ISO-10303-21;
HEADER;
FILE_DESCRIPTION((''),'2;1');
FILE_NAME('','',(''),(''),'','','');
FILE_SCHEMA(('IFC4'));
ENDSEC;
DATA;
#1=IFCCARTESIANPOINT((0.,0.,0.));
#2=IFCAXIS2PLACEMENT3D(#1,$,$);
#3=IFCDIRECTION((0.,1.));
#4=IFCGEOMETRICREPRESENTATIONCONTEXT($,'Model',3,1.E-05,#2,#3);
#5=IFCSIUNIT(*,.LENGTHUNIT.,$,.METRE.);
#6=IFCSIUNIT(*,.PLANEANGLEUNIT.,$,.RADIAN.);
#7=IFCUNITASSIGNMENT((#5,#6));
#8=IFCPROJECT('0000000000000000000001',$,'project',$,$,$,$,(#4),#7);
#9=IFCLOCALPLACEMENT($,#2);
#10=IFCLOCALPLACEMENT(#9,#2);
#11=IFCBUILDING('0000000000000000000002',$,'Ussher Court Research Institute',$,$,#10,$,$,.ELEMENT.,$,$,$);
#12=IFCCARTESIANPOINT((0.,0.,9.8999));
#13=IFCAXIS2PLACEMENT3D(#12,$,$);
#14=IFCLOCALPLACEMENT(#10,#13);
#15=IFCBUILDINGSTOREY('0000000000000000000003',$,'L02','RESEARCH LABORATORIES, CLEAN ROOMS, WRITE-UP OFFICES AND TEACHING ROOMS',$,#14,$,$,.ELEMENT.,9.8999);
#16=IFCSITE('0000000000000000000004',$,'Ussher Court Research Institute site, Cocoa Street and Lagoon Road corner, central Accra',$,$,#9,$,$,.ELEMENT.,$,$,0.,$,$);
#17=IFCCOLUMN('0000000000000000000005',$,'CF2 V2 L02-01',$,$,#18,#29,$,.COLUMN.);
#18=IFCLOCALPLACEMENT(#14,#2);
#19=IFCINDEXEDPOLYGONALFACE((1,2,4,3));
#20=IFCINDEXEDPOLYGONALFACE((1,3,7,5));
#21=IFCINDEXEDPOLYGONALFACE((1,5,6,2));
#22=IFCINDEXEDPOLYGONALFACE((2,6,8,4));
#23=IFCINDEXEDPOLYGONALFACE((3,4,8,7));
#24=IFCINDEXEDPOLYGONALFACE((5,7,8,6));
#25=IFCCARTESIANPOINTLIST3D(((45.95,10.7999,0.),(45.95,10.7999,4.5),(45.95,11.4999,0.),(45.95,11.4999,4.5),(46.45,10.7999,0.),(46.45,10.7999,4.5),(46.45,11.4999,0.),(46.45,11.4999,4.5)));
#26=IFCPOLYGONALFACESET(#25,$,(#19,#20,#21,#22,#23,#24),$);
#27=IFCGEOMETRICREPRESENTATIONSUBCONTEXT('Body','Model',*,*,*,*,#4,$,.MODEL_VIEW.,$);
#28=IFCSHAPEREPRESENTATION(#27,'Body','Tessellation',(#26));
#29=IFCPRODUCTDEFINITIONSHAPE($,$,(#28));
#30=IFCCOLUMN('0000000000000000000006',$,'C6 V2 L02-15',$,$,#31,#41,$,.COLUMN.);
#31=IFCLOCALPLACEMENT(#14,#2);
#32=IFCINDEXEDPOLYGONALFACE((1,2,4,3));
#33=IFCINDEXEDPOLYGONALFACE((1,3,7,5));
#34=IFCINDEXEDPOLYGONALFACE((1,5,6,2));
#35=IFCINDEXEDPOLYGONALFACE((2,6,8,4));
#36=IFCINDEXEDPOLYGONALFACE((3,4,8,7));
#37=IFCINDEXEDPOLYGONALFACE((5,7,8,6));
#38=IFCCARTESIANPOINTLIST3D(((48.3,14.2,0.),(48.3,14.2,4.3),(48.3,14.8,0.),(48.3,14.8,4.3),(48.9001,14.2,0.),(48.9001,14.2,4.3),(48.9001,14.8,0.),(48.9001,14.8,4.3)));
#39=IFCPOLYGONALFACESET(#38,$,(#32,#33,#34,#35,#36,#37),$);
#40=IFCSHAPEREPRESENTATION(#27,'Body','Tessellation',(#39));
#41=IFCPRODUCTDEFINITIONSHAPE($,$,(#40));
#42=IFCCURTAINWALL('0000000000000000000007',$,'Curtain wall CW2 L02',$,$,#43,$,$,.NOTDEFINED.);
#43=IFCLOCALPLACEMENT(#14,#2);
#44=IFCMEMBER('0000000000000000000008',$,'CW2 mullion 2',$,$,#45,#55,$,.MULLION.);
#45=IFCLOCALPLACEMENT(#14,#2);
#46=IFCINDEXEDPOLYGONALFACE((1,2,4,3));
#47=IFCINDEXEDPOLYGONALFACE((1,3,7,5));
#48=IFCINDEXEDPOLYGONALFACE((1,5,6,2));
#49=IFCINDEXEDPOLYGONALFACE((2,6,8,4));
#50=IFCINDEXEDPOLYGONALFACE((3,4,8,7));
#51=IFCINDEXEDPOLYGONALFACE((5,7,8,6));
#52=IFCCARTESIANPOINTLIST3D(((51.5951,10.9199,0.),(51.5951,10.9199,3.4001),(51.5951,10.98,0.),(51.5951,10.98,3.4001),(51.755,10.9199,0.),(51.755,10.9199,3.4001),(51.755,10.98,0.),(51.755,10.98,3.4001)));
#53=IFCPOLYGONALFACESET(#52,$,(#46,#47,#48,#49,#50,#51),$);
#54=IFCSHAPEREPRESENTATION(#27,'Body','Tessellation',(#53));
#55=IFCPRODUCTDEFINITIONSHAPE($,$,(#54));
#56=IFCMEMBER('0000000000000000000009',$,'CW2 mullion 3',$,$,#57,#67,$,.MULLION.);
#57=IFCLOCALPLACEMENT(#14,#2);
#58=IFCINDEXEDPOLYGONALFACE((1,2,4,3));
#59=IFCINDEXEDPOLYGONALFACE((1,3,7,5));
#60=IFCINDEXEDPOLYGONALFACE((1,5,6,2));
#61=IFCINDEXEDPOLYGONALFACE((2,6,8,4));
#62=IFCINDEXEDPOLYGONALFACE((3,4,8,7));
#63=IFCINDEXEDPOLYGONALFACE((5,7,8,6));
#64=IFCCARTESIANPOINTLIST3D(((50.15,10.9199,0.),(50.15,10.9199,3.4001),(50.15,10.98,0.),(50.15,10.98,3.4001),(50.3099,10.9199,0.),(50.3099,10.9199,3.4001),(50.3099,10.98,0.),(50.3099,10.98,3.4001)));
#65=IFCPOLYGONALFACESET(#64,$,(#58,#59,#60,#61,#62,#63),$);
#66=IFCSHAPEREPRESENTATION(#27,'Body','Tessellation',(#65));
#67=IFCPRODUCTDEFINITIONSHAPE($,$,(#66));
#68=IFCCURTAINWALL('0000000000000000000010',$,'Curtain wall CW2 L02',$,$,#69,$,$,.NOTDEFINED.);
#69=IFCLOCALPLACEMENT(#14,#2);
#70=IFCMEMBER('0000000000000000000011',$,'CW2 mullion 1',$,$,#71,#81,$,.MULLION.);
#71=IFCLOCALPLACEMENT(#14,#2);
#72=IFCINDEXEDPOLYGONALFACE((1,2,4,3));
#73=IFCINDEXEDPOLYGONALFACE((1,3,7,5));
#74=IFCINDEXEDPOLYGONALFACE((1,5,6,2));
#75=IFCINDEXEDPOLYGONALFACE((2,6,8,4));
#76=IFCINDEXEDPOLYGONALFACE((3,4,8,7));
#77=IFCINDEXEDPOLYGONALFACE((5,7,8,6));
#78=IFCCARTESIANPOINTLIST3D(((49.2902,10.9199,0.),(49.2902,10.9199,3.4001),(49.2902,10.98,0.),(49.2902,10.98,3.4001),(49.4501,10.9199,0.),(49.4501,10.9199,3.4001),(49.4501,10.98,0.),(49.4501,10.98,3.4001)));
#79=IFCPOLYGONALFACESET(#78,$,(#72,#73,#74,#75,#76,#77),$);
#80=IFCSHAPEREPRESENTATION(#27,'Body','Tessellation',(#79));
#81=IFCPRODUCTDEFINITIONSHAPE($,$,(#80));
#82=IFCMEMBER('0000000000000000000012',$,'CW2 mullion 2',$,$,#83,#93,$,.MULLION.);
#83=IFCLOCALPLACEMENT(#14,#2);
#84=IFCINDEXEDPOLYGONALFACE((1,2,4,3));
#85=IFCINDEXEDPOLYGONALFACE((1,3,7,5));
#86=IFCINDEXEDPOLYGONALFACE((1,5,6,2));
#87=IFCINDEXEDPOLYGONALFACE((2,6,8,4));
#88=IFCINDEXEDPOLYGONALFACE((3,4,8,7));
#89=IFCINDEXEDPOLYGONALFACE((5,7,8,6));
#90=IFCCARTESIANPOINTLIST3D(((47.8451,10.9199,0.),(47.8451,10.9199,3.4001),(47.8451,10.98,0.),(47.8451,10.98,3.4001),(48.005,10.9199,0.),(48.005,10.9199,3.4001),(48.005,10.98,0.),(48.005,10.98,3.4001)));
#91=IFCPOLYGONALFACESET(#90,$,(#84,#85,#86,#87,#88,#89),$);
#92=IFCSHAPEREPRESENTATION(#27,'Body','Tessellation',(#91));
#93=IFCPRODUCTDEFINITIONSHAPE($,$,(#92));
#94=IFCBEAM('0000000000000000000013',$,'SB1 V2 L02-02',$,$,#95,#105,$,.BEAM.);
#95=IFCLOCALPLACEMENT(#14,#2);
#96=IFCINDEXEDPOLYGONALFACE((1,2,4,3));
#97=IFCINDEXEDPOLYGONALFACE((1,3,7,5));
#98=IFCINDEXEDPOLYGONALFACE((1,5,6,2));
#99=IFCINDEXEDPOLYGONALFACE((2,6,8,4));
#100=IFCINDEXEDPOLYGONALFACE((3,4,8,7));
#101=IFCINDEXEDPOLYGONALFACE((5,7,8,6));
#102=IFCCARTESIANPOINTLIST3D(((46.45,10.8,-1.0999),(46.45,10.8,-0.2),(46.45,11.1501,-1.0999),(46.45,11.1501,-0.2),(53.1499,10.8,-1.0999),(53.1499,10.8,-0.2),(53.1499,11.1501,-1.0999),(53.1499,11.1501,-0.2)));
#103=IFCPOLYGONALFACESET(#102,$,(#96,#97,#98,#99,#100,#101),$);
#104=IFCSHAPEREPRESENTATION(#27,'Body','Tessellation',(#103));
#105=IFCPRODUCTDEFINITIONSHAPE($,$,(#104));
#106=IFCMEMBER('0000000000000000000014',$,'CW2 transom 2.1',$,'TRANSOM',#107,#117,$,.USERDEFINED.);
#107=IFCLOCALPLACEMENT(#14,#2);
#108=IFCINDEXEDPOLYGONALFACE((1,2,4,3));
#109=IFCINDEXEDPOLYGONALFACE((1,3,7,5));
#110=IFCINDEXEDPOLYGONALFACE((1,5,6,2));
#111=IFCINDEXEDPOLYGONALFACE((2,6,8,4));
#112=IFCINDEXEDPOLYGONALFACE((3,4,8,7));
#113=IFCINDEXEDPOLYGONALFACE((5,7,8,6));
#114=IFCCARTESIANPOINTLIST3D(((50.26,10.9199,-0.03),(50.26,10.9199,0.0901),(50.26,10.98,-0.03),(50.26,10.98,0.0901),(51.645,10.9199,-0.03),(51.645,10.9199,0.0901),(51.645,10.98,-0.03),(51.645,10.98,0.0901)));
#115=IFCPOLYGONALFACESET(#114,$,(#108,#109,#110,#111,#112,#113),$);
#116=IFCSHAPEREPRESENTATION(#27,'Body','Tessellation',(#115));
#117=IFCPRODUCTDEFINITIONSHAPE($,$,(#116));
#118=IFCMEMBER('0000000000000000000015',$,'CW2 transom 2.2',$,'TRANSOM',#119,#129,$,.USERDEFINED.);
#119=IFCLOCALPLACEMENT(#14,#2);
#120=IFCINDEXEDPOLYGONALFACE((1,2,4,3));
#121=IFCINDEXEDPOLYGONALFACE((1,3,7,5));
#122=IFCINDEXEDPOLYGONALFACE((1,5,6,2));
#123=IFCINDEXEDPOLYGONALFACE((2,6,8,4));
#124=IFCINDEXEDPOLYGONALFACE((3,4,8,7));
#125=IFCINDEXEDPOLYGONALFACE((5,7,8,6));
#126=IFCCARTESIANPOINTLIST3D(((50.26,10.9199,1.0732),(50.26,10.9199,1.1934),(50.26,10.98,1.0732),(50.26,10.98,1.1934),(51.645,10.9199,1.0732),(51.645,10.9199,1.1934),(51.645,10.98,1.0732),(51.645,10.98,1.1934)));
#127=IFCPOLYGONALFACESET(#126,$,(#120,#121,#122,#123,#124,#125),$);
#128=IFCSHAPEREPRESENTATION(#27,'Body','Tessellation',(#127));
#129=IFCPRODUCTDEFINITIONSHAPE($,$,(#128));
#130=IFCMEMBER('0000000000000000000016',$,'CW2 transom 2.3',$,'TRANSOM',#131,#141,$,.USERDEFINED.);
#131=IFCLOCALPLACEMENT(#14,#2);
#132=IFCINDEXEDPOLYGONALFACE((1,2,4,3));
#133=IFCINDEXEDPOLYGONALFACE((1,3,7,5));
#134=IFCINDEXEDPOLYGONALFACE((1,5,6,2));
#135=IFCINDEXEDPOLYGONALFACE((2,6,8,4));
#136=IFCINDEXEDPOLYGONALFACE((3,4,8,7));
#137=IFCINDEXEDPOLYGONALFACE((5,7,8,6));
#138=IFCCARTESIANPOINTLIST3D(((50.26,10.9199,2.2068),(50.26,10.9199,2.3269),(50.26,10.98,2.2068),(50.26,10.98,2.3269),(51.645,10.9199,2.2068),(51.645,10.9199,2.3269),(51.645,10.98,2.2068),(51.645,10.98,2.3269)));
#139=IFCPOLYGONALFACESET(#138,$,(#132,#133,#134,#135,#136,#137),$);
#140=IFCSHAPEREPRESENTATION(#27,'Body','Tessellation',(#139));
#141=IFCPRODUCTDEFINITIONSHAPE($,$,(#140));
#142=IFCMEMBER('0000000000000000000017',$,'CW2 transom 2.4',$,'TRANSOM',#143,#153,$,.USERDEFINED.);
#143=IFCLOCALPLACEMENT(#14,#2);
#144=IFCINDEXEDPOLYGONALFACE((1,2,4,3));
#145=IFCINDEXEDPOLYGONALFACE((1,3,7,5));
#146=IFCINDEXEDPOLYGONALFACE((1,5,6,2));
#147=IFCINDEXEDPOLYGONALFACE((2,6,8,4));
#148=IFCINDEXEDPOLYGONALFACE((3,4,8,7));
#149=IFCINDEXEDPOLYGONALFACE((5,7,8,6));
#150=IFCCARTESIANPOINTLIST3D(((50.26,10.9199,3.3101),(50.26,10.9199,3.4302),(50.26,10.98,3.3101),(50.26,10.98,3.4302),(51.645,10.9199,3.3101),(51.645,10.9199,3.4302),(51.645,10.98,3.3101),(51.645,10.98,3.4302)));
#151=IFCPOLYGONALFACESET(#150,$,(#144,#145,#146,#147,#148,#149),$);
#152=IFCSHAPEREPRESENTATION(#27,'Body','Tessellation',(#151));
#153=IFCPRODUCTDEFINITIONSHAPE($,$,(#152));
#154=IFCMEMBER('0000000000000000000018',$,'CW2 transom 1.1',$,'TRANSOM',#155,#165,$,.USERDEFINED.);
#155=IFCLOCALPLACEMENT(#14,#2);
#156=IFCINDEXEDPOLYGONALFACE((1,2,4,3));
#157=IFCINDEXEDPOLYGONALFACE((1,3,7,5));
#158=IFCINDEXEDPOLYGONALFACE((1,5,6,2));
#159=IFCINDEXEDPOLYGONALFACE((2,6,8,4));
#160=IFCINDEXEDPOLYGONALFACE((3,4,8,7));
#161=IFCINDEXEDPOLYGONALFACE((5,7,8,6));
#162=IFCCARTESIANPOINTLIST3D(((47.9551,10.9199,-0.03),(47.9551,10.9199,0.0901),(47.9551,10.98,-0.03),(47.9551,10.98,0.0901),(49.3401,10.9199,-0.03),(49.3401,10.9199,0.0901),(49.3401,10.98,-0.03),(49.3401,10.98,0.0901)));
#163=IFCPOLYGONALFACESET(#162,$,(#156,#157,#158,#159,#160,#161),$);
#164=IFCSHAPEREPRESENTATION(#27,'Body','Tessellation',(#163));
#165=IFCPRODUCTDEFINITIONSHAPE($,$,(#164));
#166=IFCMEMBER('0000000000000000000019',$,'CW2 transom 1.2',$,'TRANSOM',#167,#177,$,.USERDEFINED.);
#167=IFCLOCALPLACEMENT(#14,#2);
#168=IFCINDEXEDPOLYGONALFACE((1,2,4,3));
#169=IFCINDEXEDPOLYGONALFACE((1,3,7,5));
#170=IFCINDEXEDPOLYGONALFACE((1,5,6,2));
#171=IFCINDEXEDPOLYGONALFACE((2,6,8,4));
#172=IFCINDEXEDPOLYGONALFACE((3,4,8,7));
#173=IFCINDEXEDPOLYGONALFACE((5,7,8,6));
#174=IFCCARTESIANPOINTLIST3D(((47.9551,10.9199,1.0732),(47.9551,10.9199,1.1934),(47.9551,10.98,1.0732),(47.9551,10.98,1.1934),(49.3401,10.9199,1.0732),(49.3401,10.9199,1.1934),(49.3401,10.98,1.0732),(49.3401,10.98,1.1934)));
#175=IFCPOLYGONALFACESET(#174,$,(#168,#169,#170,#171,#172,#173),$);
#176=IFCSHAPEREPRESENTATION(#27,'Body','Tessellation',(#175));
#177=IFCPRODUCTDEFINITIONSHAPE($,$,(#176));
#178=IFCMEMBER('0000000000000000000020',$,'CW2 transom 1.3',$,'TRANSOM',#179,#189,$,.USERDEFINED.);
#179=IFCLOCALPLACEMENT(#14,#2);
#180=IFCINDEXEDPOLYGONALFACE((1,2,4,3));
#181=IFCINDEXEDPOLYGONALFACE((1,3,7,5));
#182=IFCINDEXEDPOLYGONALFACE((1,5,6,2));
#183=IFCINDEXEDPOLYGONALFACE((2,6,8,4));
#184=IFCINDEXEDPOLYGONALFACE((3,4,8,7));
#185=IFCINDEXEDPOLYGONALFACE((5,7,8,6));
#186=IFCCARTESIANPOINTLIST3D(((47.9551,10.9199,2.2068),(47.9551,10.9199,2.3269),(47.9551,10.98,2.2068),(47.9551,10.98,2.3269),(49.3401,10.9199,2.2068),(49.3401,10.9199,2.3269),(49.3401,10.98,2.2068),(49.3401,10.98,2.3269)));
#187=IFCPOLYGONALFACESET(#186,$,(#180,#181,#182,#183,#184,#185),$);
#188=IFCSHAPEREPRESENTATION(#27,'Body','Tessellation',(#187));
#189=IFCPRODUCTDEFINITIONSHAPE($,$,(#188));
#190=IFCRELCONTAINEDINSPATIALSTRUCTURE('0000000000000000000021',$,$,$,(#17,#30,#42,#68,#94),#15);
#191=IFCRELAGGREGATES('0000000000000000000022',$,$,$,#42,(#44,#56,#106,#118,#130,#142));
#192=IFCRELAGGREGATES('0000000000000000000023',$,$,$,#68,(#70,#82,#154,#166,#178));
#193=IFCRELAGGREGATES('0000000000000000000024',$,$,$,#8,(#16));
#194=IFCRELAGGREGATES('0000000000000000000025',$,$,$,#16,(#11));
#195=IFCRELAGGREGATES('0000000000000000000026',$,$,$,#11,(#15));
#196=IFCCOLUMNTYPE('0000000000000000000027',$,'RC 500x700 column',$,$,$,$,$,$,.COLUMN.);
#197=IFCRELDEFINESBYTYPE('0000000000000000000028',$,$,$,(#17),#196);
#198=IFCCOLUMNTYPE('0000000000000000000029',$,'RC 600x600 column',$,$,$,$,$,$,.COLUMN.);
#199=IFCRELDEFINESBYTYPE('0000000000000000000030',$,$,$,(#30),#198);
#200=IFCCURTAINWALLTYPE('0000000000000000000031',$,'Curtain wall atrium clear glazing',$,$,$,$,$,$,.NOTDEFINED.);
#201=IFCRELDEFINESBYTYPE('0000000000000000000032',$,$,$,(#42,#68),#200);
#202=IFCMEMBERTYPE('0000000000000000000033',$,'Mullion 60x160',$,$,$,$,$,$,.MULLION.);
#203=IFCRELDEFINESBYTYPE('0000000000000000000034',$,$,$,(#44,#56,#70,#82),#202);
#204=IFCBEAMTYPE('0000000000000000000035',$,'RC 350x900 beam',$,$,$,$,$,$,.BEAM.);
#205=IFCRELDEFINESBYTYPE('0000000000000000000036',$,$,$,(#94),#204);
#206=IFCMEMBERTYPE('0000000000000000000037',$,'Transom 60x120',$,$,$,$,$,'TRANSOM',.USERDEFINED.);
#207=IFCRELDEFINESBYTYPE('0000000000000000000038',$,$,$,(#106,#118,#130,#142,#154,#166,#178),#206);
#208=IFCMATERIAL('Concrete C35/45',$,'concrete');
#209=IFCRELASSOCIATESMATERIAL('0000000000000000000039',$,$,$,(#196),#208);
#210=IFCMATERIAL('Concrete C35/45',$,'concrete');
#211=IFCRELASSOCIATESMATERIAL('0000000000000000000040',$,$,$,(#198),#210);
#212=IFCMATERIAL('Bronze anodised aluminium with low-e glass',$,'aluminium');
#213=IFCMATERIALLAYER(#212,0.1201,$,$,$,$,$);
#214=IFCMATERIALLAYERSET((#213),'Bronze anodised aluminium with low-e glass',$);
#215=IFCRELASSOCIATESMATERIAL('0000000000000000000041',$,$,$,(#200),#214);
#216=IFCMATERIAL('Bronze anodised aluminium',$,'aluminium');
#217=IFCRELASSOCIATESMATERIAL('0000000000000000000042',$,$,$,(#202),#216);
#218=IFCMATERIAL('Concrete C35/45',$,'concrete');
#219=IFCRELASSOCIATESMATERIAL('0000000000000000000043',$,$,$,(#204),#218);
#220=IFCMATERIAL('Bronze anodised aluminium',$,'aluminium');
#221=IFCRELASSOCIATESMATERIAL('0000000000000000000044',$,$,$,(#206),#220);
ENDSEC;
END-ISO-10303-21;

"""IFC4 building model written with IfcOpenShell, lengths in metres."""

from ifc_helpers import new_model, si_unit, direction, frame, origin, origin_2d, place, context, subcontext, project, spatial, rectangle, extrude, material, layer, layer_set, material_profile, profile_set, type_object, element, aggregate, save


model = new_model("IFC4")

# Units and contexts
model_context = context("Model", 3, precision=1e-05, world=origin(), true_north=direction((0.0, 1.0)))
body_context = subcontext(model_context, "Body", "Model", "MODEL_VIEW")
ifc_project = project(units=[si_unit("LENGTHUNIT", "METRE"), si_unit("PLANEANGLEUNIT", "RADIAN")], contexts=[model_context])

# Site, building, storey
site_placement = place(None, origin())
site = spatial("IfcSite", under=ifc_project, at=site_placement, Name="Ussher Court Research Institute site, Cocoa Street and Lagoon Road corner, central Accra", CompositionType="ELEMENT", RefElevation=0.0)
building_placement = place(site_placement, origin())
building = spatial("IfcBuilding", under=site, at=building_placement, Name="Ussher Court Research Institute", CompositionType="ELEMENT")
storey_placement = place(building_placement, frame((0.0, 0.0, 9.8999)))
storey = spatial("IfcBuildingStorey", under=building, at=storey_placement, Name="L02", Description="RESEARCH LABORATORIES, CLEAN ROOMS, WRITE-UP OFFICES AND TEACHING ROOMS", CompositionType="ELEMENT", Elevation=9.8999)

# Columns
ifc_material_1 = material(Name="Concrete C35/45", Category="concrete")
ifc_material_profile_1 = material_profile(ifc_material_1, rectangle(XDim=0.5, YDim=0.7, at=origin_2d()), Name="RC 500x700")
ifc_profile_set_1 = profile_set([ifc_material_profile_1], Name="Concrete C35/45")
column_type_1 = type_object("IfcColumnType", Name="RC 500x700 column", PredefinedType="COLUMN", material=ifc_profile_set_1)
column_1_placement = place(storey_placement, frame((46.2, 11.1499, 0.0), z_axis=(0.0, 0.0, 1.0), x_axis=(1.0, 0.0, 0.0)))
element("IfcColumn", 1, at=column_1_placement, inside=storey, type_object=column_type_1, Name="CF2 V2 L02-01", PredefinedType="COLUMN", context=body_context, shape_type="SweptSolid", body=[
    extrude(rectangle(XDim=0.5, YDim=0.7, at=origin_2d()), origin(), (0.0, 0.0, 1.0), 4.5),
])
ifc_material_2 = material(Name="Concrete C35/45", Category="concrete")
ifc_material_profile_2 = material_profile(ifc_material_2, rectangle(XDim=0.6001, YDim=0.6001, at=origin_2d()), Name="RC 600x600")
ifc_profile_set_2 = profile_set([ifc_material_profile_2], Name="Concrete C35/45")
column_type_2 = type_object("IfcColumnType", Name="RC 600x600 column", PredefinedType="COLUMN", material=ifc_profile_set_2)
column_2_placement = place(storey_placement, frame((48.6001, 14.5, 0.0), z_axis=(0.0, 0.0, 1.0), x_axis=(1.0, 0.0, 0.0)))
element("IfcColumn", 2, at=column_2_placement, inside=storey, type_object=column_type_2, Name="C6 V2 L02-15", PredefinedType="COLUMN", context=body_context, shape_type="SweptSolid", body=[
    extrude(rectangle(XDim=0.6001, YDim=0.6001, at=origin_2d()), origin(), (0.0, 0.0, 1.0), 4.3),
])

# Curtain walls, members
ifc_material_3 = material(Name="Bronze anodised aluminium with low-e glass", Category="aluminium")
ifc_layer_1 = layer(ifc_material_3, 0.1201)
ifc_layer_set_1 = layer_set([ifc_layer_1], Name="Bronze anodised aluminium with low-e glass")
curtain_wall_type = type_object("IfcCurtainWallType", Name="Curtain wall atrium clear glazing", PredefinedType="NOTDEFINED", material=ifc_layer_set_1)
curtain_wall_1_placement = place(storey_placement, origin())
curtain_wall_1 = element("IfcCurtainWall", 3, at=curtain_wall_1_placement, inside=storey, type_object=curtain_wall_type, Name="Curtain wall CW2 L02", PredefinedType="NOTDEFINED")
ifc_material_4 = material(Name="Bronze anodised aluminium", Category="aluminium")
ifc_material_profile_3 = material_profile(ifc_material_4, rectangle(XDim=0.0601, YDim=0.1599, at=origin_2d()), Name="Mullion 60x160")
ifc_profile_set_3 = profile_set([ifc_material_profile_3], Name="Bronze anodised aluminium")
member_type_1 = type_object("IfcMemberType", Name="Mullion 60x160", PredefinedType="MULLION", material=ifc_profile_set_3)
member_1_placement = place(storey_placement, frame((51.675, 10.95, 0.0), z_axis=(0.0, 0.0, 1.0), x_axis=(0.0, -1.0, 0.0)))
member_1 = element("IfcMember", 4, at=member_1_placement, type_object=member_type_1, Name="CW2 mullion 2", PredefinedType="MULLION", context=body_context, shape_type="SweptSolid", body=[
    extrude(rectangle(XDim=0.0601, YDim=0.1599, at=origin_2d()), origin(), (0.0, 0.0, 1.0), 3.4001),
])
member_2_placement = place(storey_placement, frame((50.23, 10.95, 0.0), z_axis=(0.0, 0.0, 1.0), x_axis=(0.0, -1.0, 0.0)))
member_2 = element("IfcMember", 5, at=member_2_placement, type_object=member_type_1, Name="CW2 mullion 3", PredefinedType="MULLION", context=body_context, shape_type="SweptSolid", body=[
    extrude(rectangle(XDim=0.0601, YDim=0.1599, at=origin_2d()), origin(), (0.0, 0.0, 1.0), 3.4001),
])
curtain_wall_2_placement = place(storey_placement, origin())
curtain_wall_2 = element("IfcCurtainWall", 6, at=curtain_wall_2_placement, inside=storey, type_object=curtain_wall_type, Name="Curtain wall CW2 L02", PredefinedType="NOTDEFINED")
member_3_placement = place(storey_placement, frame((49.3701, 10.95, 0.0), z_axis=(0.0, 0.0, 1.0), x_axis=(0.0, -1.0, 0.0)))
member_3 = element("IfcMember", 7, at=member_3_placement, type_object=member_type_1, Name="CW2 mullion 1", PredefinedType="MULLION", context=body_context, shape_type="SweptSolid", body=[
    extrude(rectangle(XDim=0.0601, YDim=0.1599, at=origin_2d()), origin(), (0.0, 0.0, 1.0), 3.4001),
])
member_4_placement = place(storey_placement, frame((47.925, 10.95, 0.0), z_axis=(0.0, 0.0, 1.0), x_axis=(0.0, -1.0, 0.0)))
member_4 = element("IfcMember", 8, at=member_4_placement, type_object=member_type_1, Name="CW2 mullion 2", PredefinedType="MULLION", context=body_context, shape_type="SweptSolid", body=[
    extrude(rectangle(XDim=0.0601, YDim=0.1599, at=origin_2d()), origin(), (0.0, 0.0, 1.0), 3.4001),
])

# Beam
ifc_material_5 = material(Name="Concrete C35/45", Category="concrete")
ifc_material_profile_4 = material_profile(ifc_material_5, rectangle(XDim=0.3501, YDim=0.8999, at=origin_2d()), Name="RC 350x900")
ifc_profile_set_4 = profile_set([ifc_material_profile_4], Name="Concrete C35/45")
beam_type = type_object("IfcBeamType", Name="RC 350x900 beam", PredefinedType="BEAM", material=ifc_profile_set_4)
beam_placement = place(storey_placement, frame((46.45, 10.9751, -0.6499), z_axis=(1.0, 0.0, 0.0), x_axis=(0.0, 1.0, 0.0)))
element("IfcBeam", 9, at=beam_placement, inside=storey, type_object=beam_type, Name="SB1 V2 L02-02", PredefinedType="BEAM", context=body_context, shape_type="SweptSolid", body=[
    extrude(rectangle(XDim=0.3501, YDim=0.8999, at=origin_2d()), origin(), (0.0, 0.0, 1.0), 6.7),
])

# Members
ifc_material_6 = material(Name="Bronze anodised aluminium", Category="aluminium")
ifc_material_profile_5 = material_profile(ifc_material_6, rectangle(XDim=0.0601, YDim=0.1201, at=origin_2d()), Name="Transom 60x120")
ifc_profile_set_5 = profile_set([ifc_material_profile_5], Name="Bronze anodised aluminium")
member_type_2 = type_object("IfcMemberType", Name="Transom 60x120", ElementType="TRANSOM", PredefinedType="USERDEFINED", material=ifc_profile_set_5)
member_5_placement = place(storey_placement, frame((51.645, 10.95, 0.03), z_axis=(-1.0, 0.0, 0.0), x_axis=(0.0, -1.0, 0.0)))
member_5 = element("IfcMember", 10, at=member_5_placement, type_object=member_type_2, Name="CW2 transom 2.1", ObjectType="TRANSOM", PredefinedType="USERDEFINED", context=body_context, shape_type="SweptSolid", body=[
    extrude(rectangle(XDim=0.0601, YDim=0.1201, at=origin_2d()), origin(), (0.0, 0.0, 1.0), 1.385),
])
member_6_placement = place(storey_placement, frame((51.645, 10.95, 1.1333), z_axis=(-1.0, 0.0, 0.0), x_axis=(0.0, -1.0, 0.0)))
member_6 = element("IfcMember", 11, at=member_6_placement, type_object=member_type_2, Name="CW2 transom 2.2", ObjectType="TRANSOM", PredefinedType="USERDEFINED", context=body_context, shape_type="SweptSolid", body=[
    extrude(rectangle(XDim=0.0601, YDim=0.1201, at=origin_2d()), origin(), (0.0, 0.0, 1.0), 1.385),
])
member_7_placement = place(storey_placement, frame((51.645, 10.95, 2.2668), z_axis=(-1.0, 0.0, 0.0), x_axis=(0.0, -1.0, 0.0)))
member_7 = element("IfcMember", 12, at=member_7_placement, type_object=member_type_2, Name="CW2 transom 2.3", ObjectType="TRANSOM", PredefinedType="USERDEFINED", context=body_context, shape_type="SweptSolid", body=[
    extrude(rectangle(XDim=0.0601, YDim=0.1201, at=origin_2d()), origin(), (0.0, 0.0, 1.0), 1.385),
])
member_8_placement = place(storey_placement, frame((51.645, 10.95, 3.3701), z_axis=(-1.0, 0.0, 0.0), x_axis=(0.0, -1.0, 0.0)))
member_8 = element("IfcMember", 13, at=member_8_placement, type_object=member_type_2, Name="CW2 transom 2.4", ObjectType="TRANSOM", PredefinedType="USERDEFINED", context=body_context, shape_type="SweptSolid", body=[
    extrude(rectangle(XDim=0.0601, YDim=0.1201, at=origin_2d()), origin(), (0.0, 0.0, 1.0), 1.385),
])
member_9_placement = place(storey_placement, frame((49.3401, 10.95, 0.03), z_axis=(-1.0, 0.0, 0.0), x_axis=(0.0, -1.0, 0.0)))
member_9 = element("IfcMember", 14, at=member_9_placement, type_object=member_type_2, Name="CW2 transom 1.1", ObjectType="TRANSOM", PredefinedType="USERDEFINED", context=body_context, shape_type="SweptSolid", body=[
    extrude(rectangle(XDim=0.0601, YDim=0.1201, at=origin_2d()), origin(), (0.0, 0.0, 1.0), 1.385),
])
member_10_placement = place(storey_placement, frame((49.3401, 10.95, 1.1333), z_axis=(-1.0, 0.0, 0.0), x_axis=(0.0, -1.0, 0.0)))
member_10 = element("IfcMember", 15, at=member_10_placement, type_object=member_type_2, Name="CW2 transom 1.2", ObjectType="TRANSOM", PredefinedType="USERDEFINED", context=body_context, shape_type="SweptSolid", body=[
    extrude(rectangle(XDim=0.0601, YDim=0.1201, at=origin_2d()), origin(), (0.0, 0.0, 1.0), 1.385),
])
member_11_placement = place(storey_placement, frame((49.3401, 10.95, 2.2668), z_axis=(-1.0, 0.0, 0.0), x_axis=(0.0, -1.0, 0.0)))
member_11 = element("IfcMember", 16, at=member_11_placement, type_object=member_type_2, Name="CW2 transom 1.3", ObjectType="TRANSOM", PredefinedType="USERDEFINED", context=body_context, shape_type="SweptSolid", body=[
    extrude(rectangle(XDim=0.0601, YDim=0.1201, at=origin_2d()), origin(), (0.0, 0.0, 1.0), 1.385),
])

aggregate(curtain_wall_1, [member_1, member_2, member_5, member_6, member_7, member_8])
aggregate(curtain_wall_2, [member_3, member_4, member_9, member_10, member_11])

save(model, "model.ifc")
